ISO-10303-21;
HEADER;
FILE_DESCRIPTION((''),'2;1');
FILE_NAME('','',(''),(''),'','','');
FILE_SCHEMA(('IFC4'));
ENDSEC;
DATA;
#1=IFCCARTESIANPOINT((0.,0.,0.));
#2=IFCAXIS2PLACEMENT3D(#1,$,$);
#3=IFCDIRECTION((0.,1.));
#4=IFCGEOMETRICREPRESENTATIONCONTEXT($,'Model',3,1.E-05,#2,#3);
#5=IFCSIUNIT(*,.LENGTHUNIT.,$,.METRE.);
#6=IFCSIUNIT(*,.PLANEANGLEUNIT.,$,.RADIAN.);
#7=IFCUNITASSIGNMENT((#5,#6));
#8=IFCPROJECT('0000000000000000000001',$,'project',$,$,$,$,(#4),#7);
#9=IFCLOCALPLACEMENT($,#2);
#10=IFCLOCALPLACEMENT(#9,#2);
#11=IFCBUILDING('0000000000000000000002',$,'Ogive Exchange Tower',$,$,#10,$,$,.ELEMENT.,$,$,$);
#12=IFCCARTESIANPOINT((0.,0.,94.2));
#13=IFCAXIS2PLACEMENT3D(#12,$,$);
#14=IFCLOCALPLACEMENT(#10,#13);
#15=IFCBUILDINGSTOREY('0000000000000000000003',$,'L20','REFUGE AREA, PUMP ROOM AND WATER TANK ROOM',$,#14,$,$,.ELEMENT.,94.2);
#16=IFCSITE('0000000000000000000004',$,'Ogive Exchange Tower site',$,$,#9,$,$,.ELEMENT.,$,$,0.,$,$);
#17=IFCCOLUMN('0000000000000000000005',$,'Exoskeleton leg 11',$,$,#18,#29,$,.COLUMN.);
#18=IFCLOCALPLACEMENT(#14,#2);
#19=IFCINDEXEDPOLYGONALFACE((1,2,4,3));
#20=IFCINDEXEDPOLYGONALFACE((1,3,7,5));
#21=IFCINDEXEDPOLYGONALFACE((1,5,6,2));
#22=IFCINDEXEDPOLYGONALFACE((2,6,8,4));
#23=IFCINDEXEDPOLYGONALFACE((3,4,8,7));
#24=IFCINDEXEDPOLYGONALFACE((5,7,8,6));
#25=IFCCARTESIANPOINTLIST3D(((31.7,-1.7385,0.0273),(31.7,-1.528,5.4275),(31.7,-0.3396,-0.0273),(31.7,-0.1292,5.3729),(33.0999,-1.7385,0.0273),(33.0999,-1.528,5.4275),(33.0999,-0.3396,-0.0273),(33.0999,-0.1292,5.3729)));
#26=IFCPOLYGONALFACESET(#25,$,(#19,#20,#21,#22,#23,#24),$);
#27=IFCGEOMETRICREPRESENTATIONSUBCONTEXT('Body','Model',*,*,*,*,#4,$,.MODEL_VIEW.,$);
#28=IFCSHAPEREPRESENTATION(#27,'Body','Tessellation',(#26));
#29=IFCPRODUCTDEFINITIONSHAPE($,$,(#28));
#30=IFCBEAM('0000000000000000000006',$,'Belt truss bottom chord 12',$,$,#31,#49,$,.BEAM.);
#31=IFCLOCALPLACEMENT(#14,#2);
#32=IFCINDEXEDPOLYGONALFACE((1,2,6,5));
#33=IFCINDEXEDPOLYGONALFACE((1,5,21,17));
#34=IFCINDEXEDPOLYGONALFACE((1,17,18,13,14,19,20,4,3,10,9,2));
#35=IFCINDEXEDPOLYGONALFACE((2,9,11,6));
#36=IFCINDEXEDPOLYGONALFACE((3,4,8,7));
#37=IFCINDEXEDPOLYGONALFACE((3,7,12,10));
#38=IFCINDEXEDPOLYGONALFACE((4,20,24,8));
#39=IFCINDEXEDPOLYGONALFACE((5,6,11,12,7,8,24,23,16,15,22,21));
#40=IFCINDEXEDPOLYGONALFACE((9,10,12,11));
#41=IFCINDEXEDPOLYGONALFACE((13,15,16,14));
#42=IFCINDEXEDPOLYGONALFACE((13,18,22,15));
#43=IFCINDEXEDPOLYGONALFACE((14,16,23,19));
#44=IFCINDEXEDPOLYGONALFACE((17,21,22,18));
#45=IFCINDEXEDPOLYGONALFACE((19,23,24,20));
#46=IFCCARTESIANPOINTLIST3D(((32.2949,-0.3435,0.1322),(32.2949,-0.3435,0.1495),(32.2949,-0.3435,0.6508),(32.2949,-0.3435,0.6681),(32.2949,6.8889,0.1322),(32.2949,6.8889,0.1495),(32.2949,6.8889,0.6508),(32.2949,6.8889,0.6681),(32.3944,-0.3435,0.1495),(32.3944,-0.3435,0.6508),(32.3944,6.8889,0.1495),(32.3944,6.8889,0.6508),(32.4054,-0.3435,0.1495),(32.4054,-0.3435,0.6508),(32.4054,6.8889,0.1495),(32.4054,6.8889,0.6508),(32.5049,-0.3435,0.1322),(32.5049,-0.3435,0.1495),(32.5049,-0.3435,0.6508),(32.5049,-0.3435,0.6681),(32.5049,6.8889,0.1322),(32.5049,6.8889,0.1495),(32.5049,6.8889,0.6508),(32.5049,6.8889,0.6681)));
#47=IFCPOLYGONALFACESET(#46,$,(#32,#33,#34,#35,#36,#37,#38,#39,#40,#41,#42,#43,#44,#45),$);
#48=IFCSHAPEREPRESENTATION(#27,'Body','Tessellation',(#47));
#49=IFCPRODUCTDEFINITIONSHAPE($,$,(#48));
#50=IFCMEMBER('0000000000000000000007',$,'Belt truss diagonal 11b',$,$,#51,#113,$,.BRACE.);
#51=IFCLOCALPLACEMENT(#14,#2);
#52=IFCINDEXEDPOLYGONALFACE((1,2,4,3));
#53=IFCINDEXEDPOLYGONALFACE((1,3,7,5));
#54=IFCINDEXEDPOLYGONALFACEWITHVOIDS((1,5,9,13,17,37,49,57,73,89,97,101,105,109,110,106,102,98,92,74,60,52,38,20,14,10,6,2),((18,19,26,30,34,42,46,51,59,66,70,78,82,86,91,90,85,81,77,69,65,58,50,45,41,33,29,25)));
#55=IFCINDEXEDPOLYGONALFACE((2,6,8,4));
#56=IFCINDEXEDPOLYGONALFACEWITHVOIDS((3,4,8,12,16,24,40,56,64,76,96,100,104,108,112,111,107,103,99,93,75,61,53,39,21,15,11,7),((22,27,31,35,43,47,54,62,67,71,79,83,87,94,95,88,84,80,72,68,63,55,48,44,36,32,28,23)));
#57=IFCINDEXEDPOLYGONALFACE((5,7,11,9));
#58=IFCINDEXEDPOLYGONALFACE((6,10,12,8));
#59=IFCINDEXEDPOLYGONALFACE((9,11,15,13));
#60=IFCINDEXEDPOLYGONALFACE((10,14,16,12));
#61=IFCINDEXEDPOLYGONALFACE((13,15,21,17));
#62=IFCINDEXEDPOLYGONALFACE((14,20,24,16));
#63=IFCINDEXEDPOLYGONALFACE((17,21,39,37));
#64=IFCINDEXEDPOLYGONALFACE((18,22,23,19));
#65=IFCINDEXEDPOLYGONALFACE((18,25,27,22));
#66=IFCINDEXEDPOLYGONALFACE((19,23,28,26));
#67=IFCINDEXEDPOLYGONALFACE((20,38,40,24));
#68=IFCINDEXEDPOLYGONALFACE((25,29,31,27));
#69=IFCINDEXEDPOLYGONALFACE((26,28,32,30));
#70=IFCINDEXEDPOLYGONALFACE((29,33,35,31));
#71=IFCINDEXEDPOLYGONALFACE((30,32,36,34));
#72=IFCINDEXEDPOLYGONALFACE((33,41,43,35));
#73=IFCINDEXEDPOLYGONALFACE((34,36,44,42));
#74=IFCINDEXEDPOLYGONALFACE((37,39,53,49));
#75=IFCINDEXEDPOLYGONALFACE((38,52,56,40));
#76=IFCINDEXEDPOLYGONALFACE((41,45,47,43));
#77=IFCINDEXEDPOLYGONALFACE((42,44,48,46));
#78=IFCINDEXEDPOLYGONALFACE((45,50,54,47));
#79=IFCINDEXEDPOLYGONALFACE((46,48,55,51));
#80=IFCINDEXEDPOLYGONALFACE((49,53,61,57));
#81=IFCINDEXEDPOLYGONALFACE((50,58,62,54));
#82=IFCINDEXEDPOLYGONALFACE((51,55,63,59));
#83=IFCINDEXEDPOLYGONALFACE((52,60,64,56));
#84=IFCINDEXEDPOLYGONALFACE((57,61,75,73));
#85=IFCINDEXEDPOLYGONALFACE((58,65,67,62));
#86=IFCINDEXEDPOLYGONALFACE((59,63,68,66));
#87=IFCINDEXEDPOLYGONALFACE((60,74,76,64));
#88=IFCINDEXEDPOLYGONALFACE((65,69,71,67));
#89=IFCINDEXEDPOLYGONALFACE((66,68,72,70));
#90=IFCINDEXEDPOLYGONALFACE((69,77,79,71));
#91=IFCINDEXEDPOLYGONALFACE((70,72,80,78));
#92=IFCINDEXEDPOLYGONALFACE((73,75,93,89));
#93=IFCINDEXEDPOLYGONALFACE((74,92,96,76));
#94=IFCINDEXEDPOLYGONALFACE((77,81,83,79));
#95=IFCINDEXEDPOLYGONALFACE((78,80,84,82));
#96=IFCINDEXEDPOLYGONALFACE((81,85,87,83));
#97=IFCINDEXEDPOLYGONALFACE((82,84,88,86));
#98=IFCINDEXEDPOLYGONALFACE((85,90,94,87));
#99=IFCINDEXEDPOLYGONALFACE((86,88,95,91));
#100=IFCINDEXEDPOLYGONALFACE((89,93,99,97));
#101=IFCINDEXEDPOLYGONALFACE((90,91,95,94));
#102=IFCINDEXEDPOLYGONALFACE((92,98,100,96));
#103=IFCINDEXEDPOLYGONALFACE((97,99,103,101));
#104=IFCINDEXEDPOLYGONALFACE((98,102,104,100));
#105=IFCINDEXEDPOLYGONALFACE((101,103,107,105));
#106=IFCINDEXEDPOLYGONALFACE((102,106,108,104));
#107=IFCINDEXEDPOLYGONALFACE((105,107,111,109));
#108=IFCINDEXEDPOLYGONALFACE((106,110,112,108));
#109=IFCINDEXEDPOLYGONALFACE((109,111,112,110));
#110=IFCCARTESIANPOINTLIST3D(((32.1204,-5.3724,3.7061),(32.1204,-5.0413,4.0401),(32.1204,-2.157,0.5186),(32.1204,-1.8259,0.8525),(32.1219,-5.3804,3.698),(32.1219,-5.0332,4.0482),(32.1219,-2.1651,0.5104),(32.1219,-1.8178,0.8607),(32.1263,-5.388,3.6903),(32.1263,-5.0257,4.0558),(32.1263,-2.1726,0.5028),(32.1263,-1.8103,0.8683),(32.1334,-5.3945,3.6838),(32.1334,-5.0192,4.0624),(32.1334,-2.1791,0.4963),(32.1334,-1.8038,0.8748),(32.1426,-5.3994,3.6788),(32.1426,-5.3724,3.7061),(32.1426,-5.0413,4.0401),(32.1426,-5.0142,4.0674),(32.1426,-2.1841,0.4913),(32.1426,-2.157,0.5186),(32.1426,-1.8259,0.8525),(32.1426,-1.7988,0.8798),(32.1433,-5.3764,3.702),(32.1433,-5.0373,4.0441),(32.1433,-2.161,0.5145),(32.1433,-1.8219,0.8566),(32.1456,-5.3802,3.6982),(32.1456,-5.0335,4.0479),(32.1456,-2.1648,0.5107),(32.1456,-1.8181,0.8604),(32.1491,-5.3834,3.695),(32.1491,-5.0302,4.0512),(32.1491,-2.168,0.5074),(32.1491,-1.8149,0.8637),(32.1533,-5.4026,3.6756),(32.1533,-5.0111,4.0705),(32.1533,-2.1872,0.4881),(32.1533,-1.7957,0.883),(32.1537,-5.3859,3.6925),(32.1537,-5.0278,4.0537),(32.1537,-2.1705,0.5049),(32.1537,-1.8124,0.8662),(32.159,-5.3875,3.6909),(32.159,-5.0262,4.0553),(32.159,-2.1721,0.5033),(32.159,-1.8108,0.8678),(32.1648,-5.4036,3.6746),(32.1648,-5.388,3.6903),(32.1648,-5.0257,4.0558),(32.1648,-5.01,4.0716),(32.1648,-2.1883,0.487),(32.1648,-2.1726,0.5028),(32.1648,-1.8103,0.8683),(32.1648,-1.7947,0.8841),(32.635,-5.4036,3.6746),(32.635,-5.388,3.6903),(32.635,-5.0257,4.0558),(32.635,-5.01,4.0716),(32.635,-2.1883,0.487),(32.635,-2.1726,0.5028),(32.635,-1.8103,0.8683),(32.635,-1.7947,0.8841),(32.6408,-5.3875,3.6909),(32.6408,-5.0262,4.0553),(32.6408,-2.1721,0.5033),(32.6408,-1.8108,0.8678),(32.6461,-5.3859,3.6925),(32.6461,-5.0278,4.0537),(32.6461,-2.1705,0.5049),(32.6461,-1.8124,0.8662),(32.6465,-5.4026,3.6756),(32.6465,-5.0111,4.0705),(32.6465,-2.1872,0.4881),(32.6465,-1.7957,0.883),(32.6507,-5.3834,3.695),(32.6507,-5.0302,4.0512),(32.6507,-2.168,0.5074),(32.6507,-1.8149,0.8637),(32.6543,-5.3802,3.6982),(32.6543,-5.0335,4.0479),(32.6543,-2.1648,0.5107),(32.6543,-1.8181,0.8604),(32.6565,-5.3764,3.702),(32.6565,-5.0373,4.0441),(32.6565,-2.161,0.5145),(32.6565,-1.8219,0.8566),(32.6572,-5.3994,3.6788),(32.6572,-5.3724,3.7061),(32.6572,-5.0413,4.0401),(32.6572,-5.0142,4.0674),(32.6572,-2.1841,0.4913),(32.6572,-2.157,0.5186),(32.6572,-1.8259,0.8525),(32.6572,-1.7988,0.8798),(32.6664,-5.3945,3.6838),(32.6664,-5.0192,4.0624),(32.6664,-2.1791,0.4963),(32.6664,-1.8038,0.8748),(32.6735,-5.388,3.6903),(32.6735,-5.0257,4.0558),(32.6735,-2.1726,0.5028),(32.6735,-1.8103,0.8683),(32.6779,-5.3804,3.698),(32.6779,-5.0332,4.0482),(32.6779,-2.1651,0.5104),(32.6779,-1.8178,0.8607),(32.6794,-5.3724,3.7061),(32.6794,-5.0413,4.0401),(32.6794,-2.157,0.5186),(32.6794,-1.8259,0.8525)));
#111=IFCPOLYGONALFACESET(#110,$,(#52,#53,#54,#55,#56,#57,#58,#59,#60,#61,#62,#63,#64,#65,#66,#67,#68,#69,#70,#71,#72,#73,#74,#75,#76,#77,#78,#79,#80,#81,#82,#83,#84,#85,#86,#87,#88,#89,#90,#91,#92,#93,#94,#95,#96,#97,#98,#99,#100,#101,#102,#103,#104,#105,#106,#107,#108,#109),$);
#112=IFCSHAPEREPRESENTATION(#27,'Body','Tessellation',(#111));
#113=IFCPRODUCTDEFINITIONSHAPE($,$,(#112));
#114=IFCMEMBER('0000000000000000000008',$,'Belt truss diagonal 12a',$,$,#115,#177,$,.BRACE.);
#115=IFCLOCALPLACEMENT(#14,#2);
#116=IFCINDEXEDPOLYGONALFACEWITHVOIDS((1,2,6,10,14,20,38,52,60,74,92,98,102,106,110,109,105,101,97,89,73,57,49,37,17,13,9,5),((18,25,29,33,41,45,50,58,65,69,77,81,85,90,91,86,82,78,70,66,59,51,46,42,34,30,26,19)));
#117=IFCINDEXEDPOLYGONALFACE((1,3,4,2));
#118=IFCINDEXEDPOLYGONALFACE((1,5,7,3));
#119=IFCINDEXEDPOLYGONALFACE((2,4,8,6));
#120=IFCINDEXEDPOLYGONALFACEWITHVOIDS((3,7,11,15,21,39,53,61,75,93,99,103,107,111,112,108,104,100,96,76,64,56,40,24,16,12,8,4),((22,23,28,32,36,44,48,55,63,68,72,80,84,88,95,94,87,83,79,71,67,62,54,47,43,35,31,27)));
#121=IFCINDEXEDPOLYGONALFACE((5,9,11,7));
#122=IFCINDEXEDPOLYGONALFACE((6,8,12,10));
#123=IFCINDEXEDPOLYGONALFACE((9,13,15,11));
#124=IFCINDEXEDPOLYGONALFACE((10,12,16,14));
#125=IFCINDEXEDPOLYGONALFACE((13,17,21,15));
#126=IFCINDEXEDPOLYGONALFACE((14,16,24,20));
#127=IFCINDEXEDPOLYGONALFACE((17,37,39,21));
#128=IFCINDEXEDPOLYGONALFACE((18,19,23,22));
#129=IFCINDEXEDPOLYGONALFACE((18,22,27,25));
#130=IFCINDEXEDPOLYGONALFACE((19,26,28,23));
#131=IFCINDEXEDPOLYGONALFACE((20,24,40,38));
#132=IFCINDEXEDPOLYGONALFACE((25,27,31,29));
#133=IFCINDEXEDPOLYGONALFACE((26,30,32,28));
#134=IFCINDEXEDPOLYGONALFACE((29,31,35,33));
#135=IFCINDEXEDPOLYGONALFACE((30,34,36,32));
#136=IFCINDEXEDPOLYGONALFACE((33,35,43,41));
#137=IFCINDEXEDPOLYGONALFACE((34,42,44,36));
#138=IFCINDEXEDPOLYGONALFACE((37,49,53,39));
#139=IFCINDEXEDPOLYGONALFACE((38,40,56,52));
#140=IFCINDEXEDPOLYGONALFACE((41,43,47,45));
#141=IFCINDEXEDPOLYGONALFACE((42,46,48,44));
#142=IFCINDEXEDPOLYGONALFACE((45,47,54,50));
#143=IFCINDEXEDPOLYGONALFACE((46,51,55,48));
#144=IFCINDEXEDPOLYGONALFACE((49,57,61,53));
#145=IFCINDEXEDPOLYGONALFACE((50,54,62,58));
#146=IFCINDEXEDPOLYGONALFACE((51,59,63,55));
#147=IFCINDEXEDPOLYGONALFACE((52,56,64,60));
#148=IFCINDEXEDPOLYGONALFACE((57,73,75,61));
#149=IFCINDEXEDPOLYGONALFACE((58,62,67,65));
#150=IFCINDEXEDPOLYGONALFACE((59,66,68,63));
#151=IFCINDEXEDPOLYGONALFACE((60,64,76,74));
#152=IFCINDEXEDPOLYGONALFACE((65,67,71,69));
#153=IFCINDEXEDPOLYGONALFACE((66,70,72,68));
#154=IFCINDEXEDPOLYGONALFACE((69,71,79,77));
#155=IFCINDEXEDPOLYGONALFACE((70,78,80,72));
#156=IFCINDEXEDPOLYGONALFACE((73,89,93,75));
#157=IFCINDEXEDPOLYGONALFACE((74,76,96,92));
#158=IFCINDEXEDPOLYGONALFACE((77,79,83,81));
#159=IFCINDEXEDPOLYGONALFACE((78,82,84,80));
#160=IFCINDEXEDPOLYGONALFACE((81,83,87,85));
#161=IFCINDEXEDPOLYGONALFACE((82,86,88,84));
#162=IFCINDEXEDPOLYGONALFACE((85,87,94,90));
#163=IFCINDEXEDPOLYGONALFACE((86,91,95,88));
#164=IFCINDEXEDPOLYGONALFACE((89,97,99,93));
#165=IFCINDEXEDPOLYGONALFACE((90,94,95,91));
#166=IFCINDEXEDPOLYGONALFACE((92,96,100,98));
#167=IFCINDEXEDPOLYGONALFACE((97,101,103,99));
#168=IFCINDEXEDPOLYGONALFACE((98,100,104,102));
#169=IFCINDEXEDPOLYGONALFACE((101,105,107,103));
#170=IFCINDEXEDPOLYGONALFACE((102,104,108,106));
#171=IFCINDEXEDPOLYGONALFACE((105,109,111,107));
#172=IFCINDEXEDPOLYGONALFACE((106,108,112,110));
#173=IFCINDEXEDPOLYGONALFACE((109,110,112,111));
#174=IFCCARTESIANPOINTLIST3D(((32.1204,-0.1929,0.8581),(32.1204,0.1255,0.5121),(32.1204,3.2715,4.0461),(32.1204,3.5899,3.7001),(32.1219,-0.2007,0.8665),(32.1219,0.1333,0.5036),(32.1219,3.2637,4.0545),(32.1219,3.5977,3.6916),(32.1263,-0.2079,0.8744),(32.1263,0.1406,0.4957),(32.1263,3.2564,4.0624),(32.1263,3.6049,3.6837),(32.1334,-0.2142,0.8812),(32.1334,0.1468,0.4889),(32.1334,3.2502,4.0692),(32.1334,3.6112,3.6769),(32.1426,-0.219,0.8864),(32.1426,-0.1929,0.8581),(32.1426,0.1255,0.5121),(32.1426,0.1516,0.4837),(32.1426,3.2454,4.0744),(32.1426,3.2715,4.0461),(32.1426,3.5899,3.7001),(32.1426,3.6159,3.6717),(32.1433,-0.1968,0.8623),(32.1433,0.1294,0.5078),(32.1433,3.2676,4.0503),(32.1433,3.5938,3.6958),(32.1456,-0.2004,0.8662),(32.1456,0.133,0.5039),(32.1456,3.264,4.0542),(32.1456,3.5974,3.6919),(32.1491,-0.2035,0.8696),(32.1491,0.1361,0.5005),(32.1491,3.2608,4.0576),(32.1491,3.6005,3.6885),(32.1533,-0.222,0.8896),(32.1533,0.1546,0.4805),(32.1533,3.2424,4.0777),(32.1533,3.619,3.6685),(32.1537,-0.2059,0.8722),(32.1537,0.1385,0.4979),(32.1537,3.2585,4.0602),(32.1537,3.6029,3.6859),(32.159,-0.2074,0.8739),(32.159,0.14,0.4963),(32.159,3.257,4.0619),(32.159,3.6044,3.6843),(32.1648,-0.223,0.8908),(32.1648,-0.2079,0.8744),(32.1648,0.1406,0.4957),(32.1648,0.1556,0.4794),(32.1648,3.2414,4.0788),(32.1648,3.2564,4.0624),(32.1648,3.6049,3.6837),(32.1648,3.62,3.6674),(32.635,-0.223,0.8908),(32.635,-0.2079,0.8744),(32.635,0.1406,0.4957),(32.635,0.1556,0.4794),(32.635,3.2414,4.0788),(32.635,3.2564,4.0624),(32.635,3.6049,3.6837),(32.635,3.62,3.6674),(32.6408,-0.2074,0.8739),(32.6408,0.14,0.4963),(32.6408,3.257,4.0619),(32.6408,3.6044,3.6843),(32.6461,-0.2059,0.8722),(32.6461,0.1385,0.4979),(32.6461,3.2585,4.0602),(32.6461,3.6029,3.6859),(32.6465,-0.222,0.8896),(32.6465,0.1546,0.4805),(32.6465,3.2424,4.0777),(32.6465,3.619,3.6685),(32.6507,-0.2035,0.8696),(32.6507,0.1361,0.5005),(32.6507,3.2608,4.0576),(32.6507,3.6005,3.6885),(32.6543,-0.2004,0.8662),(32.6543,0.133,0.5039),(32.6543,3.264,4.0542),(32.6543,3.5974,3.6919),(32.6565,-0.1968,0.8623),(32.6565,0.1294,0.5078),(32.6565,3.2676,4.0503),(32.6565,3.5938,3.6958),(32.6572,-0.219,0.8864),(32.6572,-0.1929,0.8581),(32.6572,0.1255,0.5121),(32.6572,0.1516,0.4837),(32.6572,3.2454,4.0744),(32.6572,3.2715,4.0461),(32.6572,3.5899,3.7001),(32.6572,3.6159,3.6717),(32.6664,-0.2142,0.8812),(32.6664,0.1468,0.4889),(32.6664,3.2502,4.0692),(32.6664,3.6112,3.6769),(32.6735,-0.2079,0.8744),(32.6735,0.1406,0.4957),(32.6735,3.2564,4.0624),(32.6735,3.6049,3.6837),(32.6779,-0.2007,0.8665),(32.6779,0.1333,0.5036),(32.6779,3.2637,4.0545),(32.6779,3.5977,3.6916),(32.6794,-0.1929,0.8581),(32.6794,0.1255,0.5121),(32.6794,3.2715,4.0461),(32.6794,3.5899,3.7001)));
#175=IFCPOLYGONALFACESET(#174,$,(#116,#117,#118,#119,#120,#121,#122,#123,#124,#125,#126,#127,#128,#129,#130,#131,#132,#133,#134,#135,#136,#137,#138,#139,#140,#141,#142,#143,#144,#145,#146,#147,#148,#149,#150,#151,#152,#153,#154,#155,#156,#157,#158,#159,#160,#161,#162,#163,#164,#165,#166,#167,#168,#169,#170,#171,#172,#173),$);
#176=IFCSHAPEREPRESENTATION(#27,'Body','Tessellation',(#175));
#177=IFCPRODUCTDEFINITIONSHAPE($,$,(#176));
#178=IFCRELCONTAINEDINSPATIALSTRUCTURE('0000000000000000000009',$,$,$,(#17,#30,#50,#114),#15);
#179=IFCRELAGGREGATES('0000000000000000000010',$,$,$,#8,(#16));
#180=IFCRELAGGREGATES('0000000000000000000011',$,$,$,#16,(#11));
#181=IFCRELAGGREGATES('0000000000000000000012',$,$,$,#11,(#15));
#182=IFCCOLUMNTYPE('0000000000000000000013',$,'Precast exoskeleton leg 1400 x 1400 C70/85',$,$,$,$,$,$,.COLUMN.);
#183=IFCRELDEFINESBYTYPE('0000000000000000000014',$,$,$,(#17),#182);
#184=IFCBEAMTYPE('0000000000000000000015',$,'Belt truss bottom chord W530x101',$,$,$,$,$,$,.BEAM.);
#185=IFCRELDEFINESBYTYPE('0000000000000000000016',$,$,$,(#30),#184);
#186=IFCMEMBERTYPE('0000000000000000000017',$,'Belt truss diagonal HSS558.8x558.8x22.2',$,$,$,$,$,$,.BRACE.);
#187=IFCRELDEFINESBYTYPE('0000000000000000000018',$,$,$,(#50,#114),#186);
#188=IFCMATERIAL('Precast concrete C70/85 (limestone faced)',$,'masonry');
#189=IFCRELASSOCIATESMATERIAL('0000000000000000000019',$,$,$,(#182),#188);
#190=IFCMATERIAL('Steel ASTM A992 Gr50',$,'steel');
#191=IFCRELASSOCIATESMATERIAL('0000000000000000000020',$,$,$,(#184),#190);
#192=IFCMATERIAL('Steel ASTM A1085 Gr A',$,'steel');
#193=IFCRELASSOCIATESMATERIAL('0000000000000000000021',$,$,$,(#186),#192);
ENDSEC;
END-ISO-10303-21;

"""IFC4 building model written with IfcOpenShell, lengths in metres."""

from ifc_helpers import new_model, si_unit, direction, frame, origin, origin_2d, place, context, subcontext, project, spatial, rectangle, hollow_rectangle, i_section, extrude, material, material_profile, profile_set, type_object, element, save


model = new_model("IFC4")

# Units and contexts
model_context = context("Model", 3, precision=1e-05, world=origin(), true_north=direction((0.0, 1.0)))
body_context = subcontext(model_context, "Body", "Model", "MODEL_VIEW")
ifc_project = project(units=[si_unit("LENGTHUNIT", "METRE"), si_unit("PLANEANGLEUNIT", "RADIAN")], contexts=[model_context])

# Site, building, storey
site_placement = place(None, origin())
site = spatial("IfcSite", under=ifc_project, at=site_placement, Name="Ogive Exchange Tower site", CompositionType="ELEMENT", RefElevation=0.0)
building_placement = place(site_placement, origin())
building = spatial("IfcBuilding", under=site, at=building_placement, Name="Ogive Exchange Tower", CompositionType="ELEMENT")
storey_placement = place(building_placement, frame((0.0, 0.0, 94.2)))
storey = spatial("IfcBuildingStorey", under=building, at=storey_placement, Name="L20", Description="REFUGE AREA, PUMP ROOM AND WATER TANK ROOM", CompositionType="ELEMENT", Elevation=94.2)

# Column
ifc_material_1 = material(Name="Precast concrete C70/85 (limestone faced)", Category="masonry")
ifc_material_profile_1 = material_profile(ifc_material_1, rectangle(XDim=1.3999, YDim=1.3999, at=origin_2d()), Name="1400 x 1400")
ifc_profile_set_1 = profile_set([ifc_material_profile_1], Name="Precast concrete C70/85 (limestone faced)")
column_type = type_object("IfcColumnType", Name="Precast exoskeleton leg 1400 x 1400 C70/85", PredefinedType="COLUMN", material=ifc_profile_set_1)
column_placement = place(storey_placement, frame((32.3999, -1.0391, 0.0), z_axis=(0.0, 0.038941, 0.999241), x_axis=(-1.0, 0.0, 0.0)))
element("IfcColumn", 1, at=column_placement, inside=storey, type_object=column_type, Name="Exoskeleton leg 11", PredefinedType="COLUMN", context=body_context, shape_type="SweptSolid", body=[
    extrude(rectangle(XDim=1.3999, YDim=1.3999, at=origin_2d()), origin(), (0.0, 0.0, 1.0), 5.4043),
])

# Beam
ifc_material_2 = material(Name="Steel ASTM A992 Gr50", Category="steel")
ifc_material_profile_2 = material_profile(ifc_material_2, i_section(OverallWidth=0.21, OverallDepth=0.5359, WebThickness=0.011, FlangeThickness=0.0173, at=origin_2d()), Name="W530x101")
ifc_profile_set_2 = profile_set([ifc_material_profile_2], Name="Steel ASTM A992 Gr50")
beam_type_1 = type_object("IfcBeamType", Name="Belt truss bottom chord W530x101", PredefinedType="BEAM", material=ifc_profile_set_2)
beam_1_placement = place(storey_placement, frame((32.3999, -0.3435, 0.4001), z_axis=(0.0, 1.0, 0.0), x_axis=(-1.0, 0.0, 0.0)))
element("IfcBeam", 2, at=beam_1_placement, inside=storey, type_object=beam_type_1, Name="Belt truss bottom chord 12", PredefinedType="BEAM", context=body_context, shape_type="SweptSolid", body=[
    extrude(i_section(OverallWidth=0.21, OverallDepth=0.5359, WebThickness=0.011, FlangeThickness=0.0173, at=origin_2d()), origin(), (0.0, 0.0, 1.0), 7.2324),
])

# Members
ifc_material_3 = material(Name="Steel ASTM A1085 Gr A", Category="steel")
ifc_material_profile_3 = material_profile(ifc_material_3, hollow_rectangle(XDim=0.5591, YDim=0.5591, WallThickness=0.0222, InnerFilletRadius=0.0222, OuterFilletRadius=0.0444, at=origin_2d()), Name="HSS558.8x558.8x22.2")
ifc_profile_set_3 = profile_set([ifc_material_profile_3], Name="Steel ASTM A1085 Gr A")
member_type_1 = type_object("IfcMemberType", Name="Belt truss diagonal HSS558.8x558.8x22.2", PredefinedType="BRACE", material=ifc_profile_set_3)
member_1_placement = place(storey_placement, frame((32.3999, -1.9915, 0.6855), z_axis=(0.0, -0.710174, 0.704026), x_axis=(1.0, 0.0, 0.0)))
element("IfcMember", 3, at=member_1_placement, inside=storey, type_object=member_type_1, Name="Belt truss diagonal 11b", PredefinedType="BRACE", context=body_context, shape_type="SweptSolid", body=[
    extrude(hollow_rectangle(XDim=0.5591, YDim=0.5591, WallThickness=0.0222, InnerFilletRadius=0.0222, OuterFilletRadius=0.0444, at=origin_2d()), origin(), (0.0, 0.0, 1.0), 4.5276),
])
member_2_placement = place(storey_placement, frame((32.3999, -0.0337, 0.6851), z_axis=(0.0, 0.735848, 0.677146), x_axis=(-1.0, 0.0, 0.0)))
element("IfcMember", 4, at=member_2_placement, inside=storey, type_object=member_type_1, Name="Belt truss diagonal 12a", PredefinedType="BRACE", context=body_context, shape_type="SweptSolid", body=[
    extrude(hollow_rectangle(XDim=0.5591, YDim=0.5591, WallThickness=0.0222, InnerFilletRadius=0.0222, OuterFilletRadius=0.0444, at=origin_2d()), origin(), (0.0, 0.0, 1.0), 4.708),
])

save(model, "model.ifc")
